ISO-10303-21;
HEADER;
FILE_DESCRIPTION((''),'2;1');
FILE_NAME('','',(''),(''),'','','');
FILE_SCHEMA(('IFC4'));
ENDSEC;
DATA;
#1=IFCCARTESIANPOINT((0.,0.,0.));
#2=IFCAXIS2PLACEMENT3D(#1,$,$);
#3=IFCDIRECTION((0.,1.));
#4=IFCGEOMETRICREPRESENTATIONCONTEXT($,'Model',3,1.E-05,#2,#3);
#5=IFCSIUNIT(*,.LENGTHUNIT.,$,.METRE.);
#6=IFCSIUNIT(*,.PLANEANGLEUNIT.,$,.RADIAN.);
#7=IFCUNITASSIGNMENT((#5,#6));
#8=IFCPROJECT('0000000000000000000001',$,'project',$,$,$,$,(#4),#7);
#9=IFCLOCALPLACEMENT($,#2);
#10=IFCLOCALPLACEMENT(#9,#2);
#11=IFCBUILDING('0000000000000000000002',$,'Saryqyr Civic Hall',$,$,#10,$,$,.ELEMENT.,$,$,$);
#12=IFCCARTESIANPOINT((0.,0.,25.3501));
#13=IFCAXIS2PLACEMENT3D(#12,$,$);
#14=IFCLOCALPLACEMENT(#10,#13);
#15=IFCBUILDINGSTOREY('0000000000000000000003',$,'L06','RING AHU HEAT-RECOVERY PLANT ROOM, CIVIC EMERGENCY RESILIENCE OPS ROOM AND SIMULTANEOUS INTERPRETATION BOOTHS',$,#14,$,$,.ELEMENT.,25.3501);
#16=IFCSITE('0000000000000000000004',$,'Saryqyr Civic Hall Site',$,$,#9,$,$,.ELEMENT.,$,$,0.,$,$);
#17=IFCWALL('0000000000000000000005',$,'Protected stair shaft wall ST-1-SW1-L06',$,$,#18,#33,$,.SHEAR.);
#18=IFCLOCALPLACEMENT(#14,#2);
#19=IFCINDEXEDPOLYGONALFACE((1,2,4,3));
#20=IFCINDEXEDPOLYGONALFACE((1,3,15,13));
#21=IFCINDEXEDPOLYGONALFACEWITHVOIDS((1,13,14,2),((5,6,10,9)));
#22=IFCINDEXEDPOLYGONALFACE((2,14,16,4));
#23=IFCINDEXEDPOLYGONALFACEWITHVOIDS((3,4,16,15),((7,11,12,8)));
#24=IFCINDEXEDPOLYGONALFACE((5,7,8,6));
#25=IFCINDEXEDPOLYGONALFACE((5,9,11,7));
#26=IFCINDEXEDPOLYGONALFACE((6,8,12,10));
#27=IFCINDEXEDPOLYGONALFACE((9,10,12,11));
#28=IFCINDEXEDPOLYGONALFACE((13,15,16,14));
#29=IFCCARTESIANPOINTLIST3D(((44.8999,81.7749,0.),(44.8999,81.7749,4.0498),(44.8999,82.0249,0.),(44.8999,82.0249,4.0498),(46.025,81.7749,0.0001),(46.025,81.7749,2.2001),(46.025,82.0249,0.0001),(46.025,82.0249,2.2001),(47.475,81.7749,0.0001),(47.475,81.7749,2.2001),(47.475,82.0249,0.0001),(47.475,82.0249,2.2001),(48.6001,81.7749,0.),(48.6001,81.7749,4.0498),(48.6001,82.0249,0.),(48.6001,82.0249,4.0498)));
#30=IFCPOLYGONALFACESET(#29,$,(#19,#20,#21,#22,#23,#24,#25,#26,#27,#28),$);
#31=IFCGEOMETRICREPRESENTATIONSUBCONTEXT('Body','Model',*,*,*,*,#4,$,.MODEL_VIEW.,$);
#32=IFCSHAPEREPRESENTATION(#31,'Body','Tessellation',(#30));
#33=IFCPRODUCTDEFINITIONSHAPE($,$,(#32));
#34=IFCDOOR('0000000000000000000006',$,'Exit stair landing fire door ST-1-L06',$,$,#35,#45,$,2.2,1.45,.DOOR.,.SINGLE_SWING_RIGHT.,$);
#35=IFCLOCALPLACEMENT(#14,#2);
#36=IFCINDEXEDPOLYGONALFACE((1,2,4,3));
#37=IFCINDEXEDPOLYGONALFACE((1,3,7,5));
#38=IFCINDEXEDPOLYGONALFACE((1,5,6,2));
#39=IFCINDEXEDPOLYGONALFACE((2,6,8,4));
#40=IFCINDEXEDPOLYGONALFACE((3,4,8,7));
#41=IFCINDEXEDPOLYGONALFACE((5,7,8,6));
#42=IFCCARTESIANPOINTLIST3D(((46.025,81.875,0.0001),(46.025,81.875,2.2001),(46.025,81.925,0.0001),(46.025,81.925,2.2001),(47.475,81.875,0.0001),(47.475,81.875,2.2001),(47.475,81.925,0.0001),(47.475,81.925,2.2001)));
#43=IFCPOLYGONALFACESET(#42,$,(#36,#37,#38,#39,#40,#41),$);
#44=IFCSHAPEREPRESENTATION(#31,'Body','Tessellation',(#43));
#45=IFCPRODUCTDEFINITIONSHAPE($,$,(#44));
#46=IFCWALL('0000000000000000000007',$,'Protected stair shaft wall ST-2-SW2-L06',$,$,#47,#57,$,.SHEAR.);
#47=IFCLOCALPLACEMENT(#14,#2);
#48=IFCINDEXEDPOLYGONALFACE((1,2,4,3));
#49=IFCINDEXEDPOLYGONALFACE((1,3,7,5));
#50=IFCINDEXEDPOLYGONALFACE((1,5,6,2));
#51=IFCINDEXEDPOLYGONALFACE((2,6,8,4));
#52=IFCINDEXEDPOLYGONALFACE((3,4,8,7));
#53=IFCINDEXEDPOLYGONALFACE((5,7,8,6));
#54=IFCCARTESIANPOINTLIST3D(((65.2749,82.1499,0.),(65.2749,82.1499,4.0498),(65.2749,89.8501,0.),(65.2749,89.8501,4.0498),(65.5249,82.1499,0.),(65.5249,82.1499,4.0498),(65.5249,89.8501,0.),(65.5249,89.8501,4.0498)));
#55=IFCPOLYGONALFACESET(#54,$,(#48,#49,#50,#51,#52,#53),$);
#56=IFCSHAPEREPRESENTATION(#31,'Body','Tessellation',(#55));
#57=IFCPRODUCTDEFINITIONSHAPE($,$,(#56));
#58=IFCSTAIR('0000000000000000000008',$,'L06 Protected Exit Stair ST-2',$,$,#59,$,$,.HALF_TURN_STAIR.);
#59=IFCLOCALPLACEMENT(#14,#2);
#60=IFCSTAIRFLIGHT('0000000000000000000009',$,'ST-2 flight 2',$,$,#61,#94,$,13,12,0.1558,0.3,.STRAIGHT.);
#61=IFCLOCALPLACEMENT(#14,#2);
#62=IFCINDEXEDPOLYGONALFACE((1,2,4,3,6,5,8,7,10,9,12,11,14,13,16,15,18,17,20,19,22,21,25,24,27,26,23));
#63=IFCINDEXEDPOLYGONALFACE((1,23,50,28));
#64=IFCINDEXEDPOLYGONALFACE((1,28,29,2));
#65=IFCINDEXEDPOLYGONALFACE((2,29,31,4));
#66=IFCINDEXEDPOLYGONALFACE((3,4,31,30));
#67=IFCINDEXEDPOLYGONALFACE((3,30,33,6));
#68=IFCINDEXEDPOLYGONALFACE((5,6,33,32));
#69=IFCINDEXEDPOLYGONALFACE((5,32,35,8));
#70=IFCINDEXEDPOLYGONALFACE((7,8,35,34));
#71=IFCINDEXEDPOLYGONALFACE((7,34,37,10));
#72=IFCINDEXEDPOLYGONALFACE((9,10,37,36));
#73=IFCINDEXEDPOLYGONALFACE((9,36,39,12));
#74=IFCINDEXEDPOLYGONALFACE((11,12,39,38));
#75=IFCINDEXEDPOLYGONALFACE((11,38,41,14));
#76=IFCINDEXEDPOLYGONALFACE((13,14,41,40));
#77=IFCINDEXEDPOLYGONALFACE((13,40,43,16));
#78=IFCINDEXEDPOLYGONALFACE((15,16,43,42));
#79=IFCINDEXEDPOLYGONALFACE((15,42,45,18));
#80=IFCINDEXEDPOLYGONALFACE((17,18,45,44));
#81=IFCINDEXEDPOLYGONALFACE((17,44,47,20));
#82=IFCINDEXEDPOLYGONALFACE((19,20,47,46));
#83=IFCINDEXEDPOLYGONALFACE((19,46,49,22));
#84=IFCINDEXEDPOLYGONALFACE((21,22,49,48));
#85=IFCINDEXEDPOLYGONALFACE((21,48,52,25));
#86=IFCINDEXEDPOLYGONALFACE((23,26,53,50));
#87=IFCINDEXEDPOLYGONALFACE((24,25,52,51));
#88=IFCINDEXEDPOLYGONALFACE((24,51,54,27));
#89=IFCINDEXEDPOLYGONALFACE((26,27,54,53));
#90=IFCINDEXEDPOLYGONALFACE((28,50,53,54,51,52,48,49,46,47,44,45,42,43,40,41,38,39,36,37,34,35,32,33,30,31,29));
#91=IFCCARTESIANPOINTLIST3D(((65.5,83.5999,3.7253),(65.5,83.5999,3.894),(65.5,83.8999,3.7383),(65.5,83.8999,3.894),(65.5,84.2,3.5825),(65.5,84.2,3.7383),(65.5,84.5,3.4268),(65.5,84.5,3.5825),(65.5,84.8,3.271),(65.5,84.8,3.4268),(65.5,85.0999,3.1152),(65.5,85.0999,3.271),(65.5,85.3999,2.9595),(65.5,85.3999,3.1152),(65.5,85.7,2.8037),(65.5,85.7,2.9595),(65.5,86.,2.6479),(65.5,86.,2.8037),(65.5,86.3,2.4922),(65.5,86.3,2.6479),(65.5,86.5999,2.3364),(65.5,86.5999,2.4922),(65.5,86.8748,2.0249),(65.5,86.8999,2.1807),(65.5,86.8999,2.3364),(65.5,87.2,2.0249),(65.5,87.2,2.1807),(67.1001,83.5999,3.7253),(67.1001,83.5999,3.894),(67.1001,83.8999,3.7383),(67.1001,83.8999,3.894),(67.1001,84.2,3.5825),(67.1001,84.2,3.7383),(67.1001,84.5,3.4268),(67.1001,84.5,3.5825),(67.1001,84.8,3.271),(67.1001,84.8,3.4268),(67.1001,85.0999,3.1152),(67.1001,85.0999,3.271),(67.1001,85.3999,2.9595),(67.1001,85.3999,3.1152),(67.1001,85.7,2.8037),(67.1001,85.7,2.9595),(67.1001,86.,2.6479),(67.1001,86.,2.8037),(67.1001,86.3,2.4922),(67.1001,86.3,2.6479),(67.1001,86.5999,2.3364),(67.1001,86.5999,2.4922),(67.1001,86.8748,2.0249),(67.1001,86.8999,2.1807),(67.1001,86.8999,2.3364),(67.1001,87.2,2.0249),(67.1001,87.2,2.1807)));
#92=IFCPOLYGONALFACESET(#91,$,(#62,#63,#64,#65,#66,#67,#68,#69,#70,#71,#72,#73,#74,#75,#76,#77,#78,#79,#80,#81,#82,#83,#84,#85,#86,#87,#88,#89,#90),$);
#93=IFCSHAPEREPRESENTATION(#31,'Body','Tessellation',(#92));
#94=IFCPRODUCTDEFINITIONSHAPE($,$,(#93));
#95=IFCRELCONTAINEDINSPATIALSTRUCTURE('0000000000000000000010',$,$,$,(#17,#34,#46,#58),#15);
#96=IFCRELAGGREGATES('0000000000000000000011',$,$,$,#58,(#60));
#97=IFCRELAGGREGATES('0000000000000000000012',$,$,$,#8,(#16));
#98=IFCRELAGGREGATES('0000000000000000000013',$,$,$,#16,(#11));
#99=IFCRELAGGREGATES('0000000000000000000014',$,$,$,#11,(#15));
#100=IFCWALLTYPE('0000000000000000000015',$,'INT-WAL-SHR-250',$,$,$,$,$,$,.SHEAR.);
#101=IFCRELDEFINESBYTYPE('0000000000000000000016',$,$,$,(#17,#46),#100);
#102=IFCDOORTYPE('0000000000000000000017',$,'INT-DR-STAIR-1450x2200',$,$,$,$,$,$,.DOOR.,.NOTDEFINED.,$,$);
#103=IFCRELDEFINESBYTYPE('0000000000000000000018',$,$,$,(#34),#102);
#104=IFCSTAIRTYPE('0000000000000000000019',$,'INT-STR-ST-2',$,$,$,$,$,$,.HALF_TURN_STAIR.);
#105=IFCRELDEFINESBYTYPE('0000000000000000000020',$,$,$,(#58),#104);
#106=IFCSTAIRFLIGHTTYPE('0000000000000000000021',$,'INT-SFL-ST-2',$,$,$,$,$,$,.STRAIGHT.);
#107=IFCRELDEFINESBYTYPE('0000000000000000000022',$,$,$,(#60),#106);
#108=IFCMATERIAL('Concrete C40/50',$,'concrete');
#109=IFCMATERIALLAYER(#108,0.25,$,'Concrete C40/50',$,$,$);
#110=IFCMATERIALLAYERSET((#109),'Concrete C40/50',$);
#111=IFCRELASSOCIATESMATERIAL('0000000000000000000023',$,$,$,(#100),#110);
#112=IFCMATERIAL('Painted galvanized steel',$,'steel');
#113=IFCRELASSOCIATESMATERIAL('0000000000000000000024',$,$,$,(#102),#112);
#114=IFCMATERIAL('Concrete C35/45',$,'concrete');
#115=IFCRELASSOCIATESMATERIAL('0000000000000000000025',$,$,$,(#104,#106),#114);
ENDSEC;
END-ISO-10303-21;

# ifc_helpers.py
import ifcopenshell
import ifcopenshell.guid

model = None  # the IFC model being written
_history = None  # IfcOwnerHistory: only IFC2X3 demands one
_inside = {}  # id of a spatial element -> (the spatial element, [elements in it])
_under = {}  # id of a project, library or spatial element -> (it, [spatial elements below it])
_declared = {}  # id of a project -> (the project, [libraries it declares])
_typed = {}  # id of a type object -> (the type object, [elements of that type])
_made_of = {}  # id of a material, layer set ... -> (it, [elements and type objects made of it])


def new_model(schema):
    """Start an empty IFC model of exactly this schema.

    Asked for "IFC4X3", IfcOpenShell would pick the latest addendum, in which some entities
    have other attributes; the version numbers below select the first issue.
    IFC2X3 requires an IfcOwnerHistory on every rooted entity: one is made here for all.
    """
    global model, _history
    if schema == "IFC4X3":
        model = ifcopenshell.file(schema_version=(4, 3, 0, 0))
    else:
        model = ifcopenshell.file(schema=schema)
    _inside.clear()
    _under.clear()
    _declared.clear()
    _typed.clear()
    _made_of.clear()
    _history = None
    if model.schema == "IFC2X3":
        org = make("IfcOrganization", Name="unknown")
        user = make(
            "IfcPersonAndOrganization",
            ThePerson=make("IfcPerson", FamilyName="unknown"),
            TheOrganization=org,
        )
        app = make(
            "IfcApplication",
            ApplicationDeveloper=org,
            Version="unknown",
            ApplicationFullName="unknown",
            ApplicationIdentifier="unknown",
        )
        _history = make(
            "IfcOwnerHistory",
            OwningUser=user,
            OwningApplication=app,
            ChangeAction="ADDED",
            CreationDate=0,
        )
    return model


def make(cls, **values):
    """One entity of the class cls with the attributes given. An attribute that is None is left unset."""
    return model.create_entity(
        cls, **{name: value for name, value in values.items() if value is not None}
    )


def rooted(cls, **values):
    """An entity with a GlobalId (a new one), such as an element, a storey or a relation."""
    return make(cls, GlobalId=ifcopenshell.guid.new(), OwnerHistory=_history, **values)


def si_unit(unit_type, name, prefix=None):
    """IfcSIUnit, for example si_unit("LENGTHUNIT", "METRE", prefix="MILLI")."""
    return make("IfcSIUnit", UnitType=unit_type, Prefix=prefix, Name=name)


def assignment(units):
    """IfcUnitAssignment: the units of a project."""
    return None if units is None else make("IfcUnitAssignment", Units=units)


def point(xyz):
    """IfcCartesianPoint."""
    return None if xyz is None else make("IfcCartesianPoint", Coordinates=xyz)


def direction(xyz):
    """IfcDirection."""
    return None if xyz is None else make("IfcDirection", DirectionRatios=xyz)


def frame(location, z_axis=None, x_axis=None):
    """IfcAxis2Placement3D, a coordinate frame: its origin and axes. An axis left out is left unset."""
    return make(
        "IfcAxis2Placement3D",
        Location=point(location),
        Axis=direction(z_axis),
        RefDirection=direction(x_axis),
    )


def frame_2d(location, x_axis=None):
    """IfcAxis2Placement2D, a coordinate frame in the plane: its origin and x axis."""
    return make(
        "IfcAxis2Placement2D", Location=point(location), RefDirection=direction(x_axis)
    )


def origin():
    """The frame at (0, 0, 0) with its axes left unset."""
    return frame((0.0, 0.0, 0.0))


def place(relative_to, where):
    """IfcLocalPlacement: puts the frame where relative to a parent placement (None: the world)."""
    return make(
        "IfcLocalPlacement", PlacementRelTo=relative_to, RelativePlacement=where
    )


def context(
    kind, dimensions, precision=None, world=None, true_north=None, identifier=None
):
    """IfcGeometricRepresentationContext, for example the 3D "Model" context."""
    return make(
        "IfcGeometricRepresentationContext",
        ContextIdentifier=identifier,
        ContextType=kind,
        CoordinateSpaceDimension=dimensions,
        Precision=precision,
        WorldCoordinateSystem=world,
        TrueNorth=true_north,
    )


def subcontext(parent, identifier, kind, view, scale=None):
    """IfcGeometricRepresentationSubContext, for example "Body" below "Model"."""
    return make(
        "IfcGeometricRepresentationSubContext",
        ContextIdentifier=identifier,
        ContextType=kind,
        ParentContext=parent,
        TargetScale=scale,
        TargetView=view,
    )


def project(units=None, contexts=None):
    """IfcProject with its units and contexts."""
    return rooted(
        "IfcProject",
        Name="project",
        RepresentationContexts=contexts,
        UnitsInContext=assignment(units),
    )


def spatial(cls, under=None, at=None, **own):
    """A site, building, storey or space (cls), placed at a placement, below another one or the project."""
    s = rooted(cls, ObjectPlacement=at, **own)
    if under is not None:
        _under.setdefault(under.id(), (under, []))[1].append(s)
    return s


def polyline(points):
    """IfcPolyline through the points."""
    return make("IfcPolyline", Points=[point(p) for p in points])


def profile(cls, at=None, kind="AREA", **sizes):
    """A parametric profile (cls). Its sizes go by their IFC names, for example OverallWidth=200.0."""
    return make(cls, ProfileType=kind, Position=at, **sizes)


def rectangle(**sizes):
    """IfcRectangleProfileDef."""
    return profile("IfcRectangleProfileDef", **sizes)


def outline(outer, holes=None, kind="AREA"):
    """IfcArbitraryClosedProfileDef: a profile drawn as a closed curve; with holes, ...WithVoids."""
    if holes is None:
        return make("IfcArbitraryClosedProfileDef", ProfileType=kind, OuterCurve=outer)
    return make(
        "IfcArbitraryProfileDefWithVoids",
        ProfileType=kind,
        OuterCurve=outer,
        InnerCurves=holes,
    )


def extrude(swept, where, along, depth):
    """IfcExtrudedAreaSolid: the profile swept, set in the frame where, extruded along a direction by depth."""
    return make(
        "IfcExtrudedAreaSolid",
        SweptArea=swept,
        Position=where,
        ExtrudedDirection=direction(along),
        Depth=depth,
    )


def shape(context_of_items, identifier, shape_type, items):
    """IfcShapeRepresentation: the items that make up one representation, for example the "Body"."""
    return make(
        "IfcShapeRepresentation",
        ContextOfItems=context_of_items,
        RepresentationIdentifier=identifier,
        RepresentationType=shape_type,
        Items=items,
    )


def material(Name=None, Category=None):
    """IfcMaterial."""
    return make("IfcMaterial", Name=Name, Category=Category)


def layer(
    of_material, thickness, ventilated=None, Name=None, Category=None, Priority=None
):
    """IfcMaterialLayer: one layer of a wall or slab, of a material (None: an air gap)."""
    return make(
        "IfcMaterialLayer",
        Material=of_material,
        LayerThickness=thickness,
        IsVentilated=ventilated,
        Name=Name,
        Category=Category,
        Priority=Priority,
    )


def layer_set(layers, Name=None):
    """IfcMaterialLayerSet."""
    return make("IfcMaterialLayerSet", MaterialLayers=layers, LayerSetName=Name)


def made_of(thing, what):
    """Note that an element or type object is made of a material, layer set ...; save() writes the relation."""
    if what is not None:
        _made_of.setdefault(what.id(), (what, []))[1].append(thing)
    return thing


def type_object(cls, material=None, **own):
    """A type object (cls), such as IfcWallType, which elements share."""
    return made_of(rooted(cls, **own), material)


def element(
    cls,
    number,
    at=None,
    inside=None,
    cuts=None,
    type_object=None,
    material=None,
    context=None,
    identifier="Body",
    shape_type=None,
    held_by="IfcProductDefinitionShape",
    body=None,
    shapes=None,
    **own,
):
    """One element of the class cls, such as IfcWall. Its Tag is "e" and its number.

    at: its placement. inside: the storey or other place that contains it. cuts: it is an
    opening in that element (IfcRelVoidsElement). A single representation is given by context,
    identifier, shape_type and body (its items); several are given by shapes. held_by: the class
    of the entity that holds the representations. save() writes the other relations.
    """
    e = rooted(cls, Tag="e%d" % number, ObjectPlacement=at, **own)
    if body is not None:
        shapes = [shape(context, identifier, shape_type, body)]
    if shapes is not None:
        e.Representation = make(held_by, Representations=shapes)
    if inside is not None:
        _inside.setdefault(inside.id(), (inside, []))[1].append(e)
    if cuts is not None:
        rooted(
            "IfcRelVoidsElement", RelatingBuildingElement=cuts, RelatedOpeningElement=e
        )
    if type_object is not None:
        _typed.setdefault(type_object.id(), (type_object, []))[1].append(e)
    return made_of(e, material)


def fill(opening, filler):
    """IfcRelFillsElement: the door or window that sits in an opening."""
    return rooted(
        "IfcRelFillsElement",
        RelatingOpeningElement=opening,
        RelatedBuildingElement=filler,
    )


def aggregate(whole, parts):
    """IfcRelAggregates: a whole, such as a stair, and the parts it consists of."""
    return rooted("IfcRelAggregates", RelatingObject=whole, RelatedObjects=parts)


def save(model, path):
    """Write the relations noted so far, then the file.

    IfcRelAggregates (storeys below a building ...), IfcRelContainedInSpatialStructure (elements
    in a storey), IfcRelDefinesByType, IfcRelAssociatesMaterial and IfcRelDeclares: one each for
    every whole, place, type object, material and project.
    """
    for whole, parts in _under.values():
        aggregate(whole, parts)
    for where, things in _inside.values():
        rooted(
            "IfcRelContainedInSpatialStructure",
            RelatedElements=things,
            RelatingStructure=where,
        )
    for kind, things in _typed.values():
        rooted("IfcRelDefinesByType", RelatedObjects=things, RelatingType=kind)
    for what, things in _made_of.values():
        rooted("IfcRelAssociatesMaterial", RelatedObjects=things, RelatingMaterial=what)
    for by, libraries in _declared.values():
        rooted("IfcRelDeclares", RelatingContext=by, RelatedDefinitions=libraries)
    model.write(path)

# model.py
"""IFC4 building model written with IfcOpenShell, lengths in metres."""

from ifc_helpers import new_model, si_unit, direction, frame, frame_2d, origin, place, context, subcontext, project, spatial, polyline, rectangle, outline, extrude, material, layer, layer_set, type_object, element, fill, aggregate, save


model = new_model("IFC4")

# Units and contexts
model_context = context("Model", 3, precision=1e-05, world=origin(), true_north=direction((0.0, 1.0)))
body_context = subcontext(model_context, "Body", "Model", "MODEL_VIEW")
ifc_project = project(units=[si_unit("LENGTHUNIT", "METRE"), si_unit("PLANEANGLEUNIT", "RADIAN")], contexts=[model_context])

# Site, building, storey
site_placement = place(None, origin())
site = spatial("IfcSite", under=ifc_project, at=site_placement, Name="Saryqyr Civic Hall Site", CompositionType="ELEMENT", RefElevation=0.0)
building_placement = place(site_placement, origin())
building = spatial("IfcBuilding", under=site, at=building_placement, Name="Saryqyr Civic Hall", CompositionType="ELEMENT")
storey_placement = place(building_placement, frame((0.0, 0.0, 25.3501)))
storey = spatial("IfcBuildingStorey", under=building, at=storey_placement, Name="L06", Description="RING AHU HEAT-RECOVERY PLANT ROOM, CIVIC EMERGENCY RESILIENCE OPS ROOM AND SIMULTANEOUS INTERPRETATION BOOTHS", CompositionType="ELEMENT", Elevation=25.3501)

# Shared definitions
ifc_material_1 = material(Name="Concrete C40/50", Category="concrete")

# Shared definitions
ifc_material_2 = material(Name="Concrete C35/45", Category="concrete")

# Shared definitions
ifc_material_3 = material(Name="Painted galvanized steel", Category="steel")

# Wall, opening, door
ifc_layer_1 = layer(ifc_material_1, 0.25, Name="Concrete C40/50")
ifc_layer_set_1 = layer_set([ifc_layer_1], Name="Concrete C40/50")
wall_type_1 = type_object("IfcWallType", Name="INT-WAL-SHR-250", PredefinedType="SHEAR", material=ifc_layer_set_1)
wall_1_placement = place(storey_placement, frame((48.6001, 81.8999, 0.0), z_axis=(0.0, 0.0, 1.0), x_axis=(-1.0, 0.0, 0.0)))
wall_1 = element("IfcWall", 1, at=wall_1_placement, inside=storey, type_object=wall_type_1, Name="Protected stair shaft wall ST-1-SW1-L06", PredefinedType="SHEAR", context=body_context, shape_type="SweptSolid", body=[
    extrude(rectangle(XDim=3.7002, YDim=0.25, at=frame_2d((1.8501, 0.0))), origin(), (0.0, 0.0, 1.0), 4.0498),
])
opening_1_placement = place(wall_1_placement, frame((1.125, 0.0, 0.0)))
opening_1 = element("IfcOpeningElement", 2, at=opening_1_placement, cuts=wall_1, PredefinedType="OPENING", context=body_context, shape_type="SweptSolid", body=[
    extrude(rectangle(XDim=1.45, YDim=2.2, at=frame_2d((0.7251, 1.1001))), frame((0.0, 0.135, 0.0), z_axis=(0.0, -1.0, 0.0), x_axis=(1.0, 0.0, 0.0)), (0.0, 0.0, 1.0), 0.27),
])
door_type_1 = type_object("IfcDoorType", Name="INT-DR-STAIR-1450x2200", OperationType="NOTDEFINED", PredefinedType="DOOR", material=ifc_material_3)
door_1_placement = place(opening_1_placement, origin())
door_1 = element("IfcDoor", 3, at=door_1_placement, inside=storey, type_object=door_type_1, Name="Exit stair landing fire door ST-1-L06", OperationType="SINGLE_SWING_RIGHT", OverallHeight=2.2, OverallWidth=1.45, PredefinedType="DOOR", context=body_context, shape_type="SweptSolid", body=[
    extrude(rectangle(XDim=1.45, YDim=2.2, at=frame_2d((0.7251, 1.1001))), frame((0.0, 0.0249, 0.0), z_axis=(0.0, -1.0, 0.0), x_axis=(1.0, 0.0, 0.0)), (0.0, 0.0, 1.0), 0.05),
])
fill(opening_1, door_1)

# Wall
wall_2_placement = place(storey_placement, frame((65.3999, 82.1499, 0.0), z_axis=(0.0, 0.0, 1.0), x_axis=(0.0, 1.0, 0.0)))
element("IfcWall", 4, at=wall_2_placement, inside=storey, type_object=wall_type_1, Name="Protected stair shaft wall ST-2-SW2-L06", PredefinedType="SHEAR", context=body_context, shape_type="SweptSolid", body=[
    extrude(rectangle(XDim=7.7002, YDim=0.25, at=frame_2d((3.8501, 0.0))), origin(), (0.0, 0.0, 1.0), 4.0498),
])

# Stair, stair flight
stair_type = type_object("IfcStairType", Name="INT-STR-ST-2", PredefinedType="HALF_TURN_STAIR", material=ifc_material_2)
stair_placement = place(storey_placement, origin())
stair = element("IfcStair", 5, at=stair_placement, inside=storey, type_object=stair_type, Name="L06 Protected Exit Stair ST-2", PredefinedType="HALF_TURN_STAIR")
stair_flight_type = type_object("IfcStairFlightType", Name="INT-SFL-ST-2", PredefinedType="STRAIGHT", material=ifc_material_2)
stair_flight_placement = place(storey_placement, frame((66.3, 87.2, 2.0249), z_axis=(0.0, 0.0, 1.0), x_axis=(0.0, -1.0, 0.0)))
stair_flight = element("IfcStairFlight", 6, at=stair_flight_placement, type_object=stair_flight_type, Name="ST-2 flight 2", NumberOfRisers=13, NumberOfTreads=12, PredefinedType="STRAIGHT", RiserHeight=0.1558, TreadLength=0.3, context=body_context, shape_type="SweptSolid", body=[
    extrude(outline(polyline([(0.0, 0.0), (0.0, 0.1558), (0.3, 0.1558), (0.3, 0.3115), (0.6001, 0.3115), (0.6001, 0.4673), (0.8999, 0.4673), (0.8999, 0.623), (1.2, 0.623), (1.2, 0.7788), (1.5, 0.7788), (1.5, 0.9346), (1.8, 0.9346), (1.8, 1.0903), (2.1001, 1.0903), (2.1001, 1.2461), (2.3999, 1.2461), (2.3999, 1.4019), (2.7, 1.4019), (2.7, 1.5576), (3.0, 1.5576), (3.0, 1.7134), (3.3, 1.7134), (3.3, 1.8691), (3.6001, 1.8691), (3.6001, 2.0249), (3.6001, 1.7004), (0.3252, 0.0), (0.0, 0.0)])), frame((0.0, 0.8, 0.0), z_axis=(0.0, -1.0, 0.0), x_axis=(1.0, 0.0, 0.0)), (0.0, 0.0, 1.0), 1.6001),
])
aggregate(stair, [stair_flight])

save(model, "model.ifc")
